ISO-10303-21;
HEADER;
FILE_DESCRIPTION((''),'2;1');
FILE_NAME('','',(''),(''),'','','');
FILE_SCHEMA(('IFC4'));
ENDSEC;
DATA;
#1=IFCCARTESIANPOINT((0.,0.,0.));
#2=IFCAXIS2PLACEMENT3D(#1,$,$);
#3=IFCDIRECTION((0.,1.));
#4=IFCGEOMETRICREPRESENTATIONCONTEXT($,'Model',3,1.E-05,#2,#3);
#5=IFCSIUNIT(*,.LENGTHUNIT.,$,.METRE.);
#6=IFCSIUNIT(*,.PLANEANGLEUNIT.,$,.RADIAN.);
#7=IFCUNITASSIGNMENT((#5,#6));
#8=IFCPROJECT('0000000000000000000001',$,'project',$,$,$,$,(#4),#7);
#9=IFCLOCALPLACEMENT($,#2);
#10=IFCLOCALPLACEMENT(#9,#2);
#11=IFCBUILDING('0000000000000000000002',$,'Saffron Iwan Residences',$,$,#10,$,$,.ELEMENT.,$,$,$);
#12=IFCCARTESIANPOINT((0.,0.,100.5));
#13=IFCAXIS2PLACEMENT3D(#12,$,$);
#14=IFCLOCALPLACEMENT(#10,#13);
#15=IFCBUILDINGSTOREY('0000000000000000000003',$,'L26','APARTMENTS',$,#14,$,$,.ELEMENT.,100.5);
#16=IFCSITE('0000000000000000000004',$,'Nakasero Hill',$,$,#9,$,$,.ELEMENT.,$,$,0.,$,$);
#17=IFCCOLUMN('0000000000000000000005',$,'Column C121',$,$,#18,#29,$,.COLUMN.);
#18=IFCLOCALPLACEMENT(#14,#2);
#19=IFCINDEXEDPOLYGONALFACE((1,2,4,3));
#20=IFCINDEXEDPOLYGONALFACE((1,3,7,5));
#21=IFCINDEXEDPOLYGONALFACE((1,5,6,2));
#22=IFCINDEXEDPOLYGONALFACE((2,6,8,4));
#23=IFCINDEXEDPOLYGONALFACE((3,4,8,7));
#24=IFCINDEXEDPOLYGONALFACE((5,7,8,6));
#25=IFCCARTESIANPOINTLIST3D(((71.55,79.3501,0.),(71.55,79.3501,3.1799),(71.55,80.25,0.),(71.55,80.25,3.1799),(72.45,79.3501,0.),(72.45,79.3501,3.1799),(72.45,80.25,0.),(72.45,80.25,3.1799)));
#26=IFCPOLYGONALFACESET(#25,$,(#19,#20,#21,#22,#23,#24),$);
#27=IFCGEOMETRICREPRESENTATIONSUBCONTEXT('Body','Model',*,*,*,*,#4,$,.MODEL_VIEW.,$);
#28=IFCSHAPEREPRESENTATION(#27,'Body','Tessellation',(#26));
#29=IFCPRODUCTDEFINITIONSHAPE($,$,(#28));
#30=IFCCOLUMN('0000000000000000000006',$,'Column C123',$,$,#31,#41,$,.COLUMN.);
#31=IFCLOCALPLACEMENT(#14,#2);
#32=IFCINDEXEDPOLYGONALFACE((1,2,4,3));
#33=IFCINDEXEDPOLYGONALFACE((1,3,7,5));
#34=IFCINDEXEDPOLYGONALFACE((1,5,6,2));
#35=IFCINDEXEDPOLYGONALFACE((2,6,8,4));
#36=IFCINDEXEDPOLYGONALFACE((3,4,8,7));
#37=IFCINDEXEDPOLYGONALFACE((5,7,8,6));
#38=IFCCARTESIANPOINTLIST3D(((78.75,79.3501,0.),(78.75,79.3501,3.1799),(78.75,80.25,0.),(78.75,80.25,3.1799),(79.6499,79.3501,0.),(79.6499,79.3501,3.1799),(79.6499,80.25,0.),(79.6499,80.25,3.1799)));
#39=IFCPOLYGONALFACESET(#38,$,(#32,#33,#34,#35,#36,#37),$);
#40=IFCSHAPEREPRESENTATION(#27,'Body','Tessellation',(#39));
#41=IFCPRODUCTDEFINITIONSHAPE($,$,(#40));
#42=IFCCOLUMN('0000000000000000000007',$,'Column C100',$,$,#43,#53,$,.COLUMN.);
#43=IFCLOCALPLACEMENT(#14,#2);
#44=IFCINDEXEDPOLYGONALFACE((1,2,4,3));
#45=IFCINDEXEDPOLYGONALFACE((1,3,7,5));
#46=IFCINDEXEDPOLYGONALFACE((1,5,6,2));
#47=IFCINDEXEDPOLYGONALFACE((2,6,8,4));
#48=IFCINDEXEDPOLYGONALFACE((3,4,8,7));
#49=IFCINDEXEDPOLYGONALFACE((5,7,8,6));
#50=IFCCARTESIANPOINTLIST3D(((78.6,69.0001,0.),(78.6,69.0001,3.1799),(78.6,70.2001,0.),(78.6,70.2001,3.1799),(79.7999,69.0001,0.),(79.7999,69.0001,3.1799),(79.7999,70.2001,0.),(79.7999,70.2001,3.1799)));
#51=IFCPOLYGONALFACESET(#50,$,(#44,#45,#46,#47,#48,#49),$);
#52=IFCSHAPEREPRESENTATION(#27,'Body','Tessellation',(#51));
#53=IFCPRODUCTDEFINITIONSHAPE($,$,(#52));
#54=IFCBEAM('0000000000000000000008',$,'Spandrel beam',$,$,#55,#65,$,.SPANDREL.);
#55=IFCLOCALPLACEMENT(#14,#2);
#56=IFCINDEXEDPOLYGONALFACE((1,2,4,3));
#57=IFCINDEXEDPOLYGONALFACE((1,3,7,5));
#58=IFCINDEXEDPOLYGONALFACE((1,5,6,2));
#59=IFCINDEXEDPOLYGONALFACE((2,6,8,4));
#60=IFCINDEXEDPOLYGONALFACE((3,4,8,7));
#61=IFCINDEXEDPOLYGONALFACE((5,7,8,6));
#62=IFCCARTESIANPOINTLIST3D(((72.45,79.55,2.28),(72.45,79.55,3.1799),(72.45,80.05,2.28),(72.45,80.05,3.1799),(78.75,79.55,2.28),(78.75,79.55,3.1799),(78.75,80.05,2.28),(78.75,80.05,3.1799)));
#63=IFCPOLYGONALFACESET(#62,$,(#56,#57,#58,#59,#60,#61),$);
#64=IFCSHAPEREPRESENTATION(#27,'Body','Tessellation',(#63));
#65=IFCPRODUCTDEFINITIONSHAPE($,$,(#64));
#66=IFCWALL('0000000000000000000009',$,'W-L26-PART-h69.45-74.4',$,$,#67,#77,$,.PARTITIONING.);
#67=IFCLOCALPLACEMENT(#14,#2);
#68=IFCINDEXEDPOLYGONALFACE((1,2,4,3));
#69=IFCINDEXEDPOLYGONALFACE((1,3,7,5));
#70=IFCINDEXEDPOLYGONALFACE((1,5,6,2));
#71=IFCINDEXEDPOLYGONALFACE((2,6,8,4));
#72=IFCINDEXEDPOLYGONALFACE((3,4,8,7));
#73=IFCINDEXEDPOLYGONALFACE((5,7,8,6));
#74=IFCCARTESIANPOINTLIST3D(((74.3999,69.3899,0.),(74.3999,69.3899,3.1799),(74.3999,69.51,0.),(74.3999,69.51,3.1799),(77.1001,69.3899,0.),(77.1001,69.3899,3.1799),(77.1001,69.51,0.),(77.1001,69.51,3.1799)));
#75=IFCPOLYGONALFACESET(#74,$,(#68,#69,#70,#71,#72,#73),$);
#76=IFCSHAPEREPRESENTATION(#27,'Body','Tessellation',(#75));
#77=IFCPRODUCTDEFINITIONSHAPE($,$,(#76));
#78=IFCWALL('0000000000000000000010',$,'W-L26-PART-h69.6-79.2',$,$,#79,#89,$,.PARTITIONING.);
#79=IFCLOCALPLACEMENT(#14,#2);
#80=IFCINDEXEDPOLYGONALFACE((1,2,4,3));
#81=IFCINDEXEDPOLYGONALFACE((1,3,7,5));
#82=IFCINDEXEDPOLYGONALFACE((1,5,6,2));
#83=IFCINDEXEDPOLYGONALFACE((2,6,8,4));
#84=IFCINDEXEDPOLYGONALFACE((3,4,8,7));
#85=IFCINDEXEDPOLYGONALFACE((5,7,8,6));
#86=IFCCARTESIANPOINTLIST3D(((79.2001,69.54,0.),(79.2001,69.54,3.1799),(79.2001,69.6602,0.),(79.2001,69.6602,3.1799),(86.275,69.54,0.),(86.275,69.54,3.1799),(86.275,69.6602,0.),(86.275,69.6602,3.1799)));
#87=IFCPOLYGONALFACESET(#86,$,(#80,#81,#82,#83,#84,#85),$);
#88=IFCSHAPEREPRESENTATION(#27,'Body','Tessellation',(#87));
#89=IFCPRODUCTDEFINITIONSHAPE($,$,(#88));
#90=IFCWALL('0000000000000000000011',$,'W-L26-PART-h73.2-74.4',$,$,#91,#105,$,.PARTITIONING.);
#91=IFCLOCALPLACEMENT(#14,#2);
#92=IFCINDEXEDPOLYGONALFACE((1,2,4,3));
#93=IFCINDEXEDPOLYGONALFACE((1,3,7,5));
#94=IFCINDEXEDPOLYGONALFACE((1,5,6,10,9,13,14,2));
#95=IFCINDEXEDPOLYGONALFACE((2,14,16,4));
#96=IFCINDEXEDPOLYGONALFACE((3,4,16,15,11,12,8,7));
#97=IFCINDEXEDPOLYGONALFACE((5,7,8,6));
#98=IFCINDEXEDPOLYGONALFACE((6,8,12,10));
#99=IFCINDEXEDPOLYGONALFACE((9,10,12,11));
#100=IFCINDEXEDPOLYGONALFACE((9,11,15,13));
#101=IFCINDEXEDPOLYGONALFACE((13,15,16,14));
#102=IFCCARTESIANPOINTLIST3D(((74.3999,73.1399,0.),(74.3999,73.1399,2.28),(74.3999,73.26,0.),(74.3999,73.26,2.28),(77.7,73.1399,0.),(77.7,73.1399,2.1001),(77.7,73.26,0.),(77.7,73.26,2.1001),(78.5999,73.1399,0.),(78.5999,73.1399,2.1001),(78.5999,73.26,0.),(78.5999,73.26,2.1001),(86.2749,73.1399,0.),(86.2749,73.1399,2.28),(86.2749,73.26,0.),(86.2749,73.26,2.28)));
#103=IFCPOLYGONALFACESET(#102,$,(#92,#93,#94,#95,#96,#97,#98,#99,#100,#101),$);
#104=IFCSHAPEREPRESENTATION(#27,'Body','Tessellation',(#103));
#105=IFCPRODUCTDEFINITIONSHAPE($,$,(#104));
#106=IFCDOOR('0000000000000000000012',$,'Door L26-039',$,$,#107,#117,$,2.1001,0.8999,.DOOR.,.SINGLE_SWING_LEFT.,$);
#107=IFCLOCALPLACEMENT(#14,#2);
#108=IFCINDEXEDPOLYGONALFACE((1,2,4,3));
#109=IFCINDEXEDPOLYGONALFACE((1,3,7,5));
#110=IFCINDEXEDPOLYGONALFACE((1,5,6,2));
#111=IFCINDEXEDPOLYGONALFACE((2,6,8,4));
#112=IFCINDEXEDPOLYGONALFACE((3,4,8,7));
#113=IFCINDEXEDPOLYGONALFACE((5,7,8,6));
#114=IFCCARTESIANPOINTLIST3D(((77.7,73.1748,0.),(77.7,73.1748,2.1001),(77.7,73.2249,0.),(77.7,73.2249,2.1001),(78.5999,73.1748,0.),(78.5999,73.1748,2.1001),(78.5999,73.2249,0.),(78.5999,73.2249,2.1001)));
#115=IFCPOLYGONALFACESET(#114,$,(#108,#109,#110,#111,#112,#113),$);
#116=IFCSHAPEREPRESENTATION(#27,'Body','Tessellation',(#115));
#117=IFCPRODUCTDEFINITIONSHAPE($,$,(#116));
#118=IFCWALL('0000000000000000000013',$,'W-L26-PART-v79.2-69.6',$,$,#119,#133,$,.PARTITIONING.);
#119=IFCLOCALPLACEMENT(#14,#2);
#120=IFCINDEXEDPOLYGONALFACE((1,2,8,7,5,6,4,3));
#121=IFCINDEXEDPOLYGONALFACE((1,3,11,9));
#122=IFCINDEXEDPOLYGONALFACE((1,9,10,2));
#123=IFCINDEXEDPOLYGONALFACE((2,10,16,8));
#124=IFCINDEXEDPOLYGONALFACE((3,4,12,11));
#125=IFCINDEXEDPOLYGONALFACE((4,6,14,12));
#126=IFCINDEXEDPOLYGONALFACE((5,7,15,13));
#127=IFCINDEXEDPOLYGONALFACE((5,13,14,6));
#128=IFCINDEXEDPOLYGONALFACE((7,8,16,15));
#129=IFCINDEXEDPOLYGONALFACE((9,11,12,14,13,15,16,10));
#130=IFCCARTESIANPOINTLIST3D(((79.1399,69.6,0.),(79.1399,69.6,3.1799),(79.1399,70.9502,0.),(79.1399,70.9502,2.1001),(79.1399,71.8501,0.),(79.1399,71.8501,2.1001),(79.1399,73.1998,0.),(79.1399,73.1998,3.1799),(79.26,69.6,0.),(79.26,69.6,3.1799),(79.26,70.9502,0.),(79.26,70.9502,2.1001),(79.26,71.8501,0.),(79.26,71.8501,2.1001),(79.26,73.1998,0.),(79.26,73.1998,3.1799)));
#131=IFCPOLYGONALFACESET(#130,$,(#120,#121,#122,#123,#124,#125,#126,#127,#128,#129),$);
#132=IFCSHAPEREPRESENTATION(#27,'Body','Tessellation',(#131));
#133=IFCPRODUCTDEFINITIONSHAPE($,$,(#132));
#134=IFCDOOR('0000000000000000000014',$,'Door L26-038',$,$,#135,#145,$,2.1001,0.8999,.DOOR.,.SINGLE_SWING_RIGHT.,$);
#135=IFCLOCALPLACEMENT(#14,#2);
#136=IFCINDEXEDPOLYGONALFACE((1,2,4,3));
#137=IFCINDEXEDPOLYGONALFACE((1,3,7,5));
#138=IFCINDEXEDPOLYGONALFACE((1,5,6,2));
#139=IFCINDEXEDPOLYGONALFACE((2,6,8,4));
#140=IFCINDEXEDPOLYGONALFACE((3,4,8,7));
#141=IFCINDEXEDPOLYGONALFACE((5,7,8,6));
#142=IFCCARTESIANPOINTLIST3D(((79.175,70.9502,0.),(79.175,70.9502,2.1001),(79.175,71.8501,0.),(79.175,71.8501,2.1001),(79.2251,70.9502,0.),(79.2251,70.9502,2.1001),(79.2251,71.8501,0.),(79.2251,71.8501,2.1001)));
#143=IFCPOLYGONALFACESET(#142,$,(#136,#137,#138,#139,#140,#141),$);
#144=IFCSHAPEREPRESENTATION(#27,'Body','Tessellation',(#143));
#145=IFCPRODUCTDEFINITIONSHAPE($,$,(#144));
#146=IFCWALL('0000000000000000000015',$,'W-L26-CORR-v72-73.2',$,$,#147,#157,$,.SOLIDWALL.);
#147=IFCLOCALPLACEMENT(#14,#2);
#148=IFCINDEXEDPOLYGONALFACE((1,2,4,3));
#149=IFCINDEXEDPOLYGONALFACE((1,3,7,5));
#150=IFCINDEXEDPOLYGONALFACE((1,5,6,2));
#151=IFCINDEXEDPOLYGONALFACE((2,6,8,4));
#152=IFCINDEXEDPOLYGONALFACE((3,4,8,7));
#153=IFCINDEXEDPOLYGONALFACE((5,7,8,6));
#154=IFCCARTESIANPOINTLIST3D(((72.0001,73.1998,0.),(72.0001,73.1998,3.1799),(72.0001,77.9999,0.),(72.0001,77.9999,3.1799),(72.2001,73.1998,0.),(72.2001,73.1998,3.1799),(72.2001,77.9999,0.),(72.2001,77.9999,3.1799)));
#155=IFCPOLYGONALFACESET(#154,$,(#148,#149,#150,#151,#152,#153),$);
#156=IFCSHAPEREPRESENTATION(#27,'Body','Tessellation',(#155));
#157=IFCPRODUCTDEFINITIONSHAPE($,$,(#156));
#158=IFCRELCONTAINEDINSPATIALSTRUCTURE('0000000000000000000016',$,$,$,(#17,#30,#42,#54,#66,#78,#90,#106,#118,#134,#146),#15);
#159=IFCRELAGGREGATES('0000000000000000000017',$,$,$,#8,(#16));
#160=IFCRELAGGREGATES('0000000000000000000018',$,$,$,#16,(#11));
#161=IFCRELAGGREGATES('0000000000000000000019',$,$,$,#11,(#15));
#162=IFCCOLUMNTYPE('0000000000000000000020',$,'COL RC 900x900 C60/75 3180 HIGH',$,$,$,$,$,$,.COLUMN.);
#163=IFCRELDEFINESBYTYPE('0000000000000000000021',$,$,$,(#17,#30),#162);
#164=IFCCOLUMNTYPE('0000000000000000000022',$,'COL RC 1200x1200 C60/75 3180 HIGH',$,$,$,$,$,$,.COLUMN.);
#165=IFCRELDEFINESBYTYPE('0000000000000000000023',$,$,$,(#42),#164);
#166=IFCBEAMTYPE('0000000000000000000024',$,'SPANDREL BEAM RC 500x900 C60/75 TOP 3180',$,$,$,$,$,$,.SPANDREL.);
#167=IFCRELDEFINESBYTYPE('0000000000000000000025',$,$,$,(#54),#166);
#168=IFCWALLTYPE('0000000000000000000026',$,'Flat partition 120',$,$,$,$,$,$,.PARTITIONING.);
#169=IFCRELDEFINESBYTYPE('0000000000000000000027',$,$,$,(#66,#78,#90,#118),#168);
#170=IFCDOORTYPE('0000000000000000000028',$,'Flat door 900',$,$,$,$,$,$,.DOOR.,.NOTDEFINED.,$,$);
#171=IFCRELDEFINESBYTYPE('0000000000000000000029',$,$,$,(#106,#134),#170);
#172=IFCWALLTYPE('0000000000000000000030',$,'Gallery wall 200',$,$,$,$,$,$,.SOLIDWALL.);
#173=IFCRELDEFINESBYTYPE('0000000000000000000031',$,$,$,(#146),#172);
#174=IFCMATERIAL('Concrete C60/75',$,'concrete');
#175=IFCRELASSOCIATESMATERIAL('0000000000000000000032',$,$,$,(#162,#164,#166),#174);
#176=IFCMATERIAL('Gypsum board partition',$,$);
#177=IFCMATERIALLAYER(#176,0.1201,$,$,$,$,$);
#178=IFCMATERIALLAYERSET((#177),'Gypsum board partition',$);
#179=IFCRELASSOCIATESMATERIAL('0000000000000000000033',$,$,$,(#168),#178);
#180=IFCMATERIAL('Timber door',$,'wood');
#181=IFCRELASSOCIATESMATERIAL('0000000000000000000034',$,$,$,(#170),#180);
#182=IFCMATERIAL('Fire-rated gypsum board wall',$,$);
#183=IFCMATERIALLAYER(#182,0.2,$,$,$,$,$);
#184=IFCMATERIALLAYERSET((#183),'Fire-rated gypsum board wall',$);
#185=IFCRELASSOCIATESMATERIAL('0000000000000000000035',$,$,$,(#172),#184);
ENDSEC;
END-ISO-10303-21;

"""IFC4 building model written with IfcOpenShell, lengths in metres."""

from ifc_helpers import new_model, si_unit, direction, frame, frame_2d, origin, origin_2d, place, context, subcontext, project, spatial, rectangle, extrude, source, transform, mapped, material, layer, layer_set, material_profile, profile_set, type_object, element, fill, save


model = new_model("IFC4")

# Units and contexts
model_context = context("Model", 3, precision=1e-05, world=origin(), true_north=direction((0.0, 1.0)))
body_context = subcontext(model_context, "Body", "Model", "MODEL_VIEW")
ifc_project = project(units=[si_unit("LENGTHUNIT", "METRE"), si_unit("PLANEANGLEUNIT", "RADIAN")], contexts=[model_context])

# Site, building, storey
site_placement = place(None, origin())
site = spatial("IfcSite", under=ifc_project, at=site_placement, Name="Nakasero Hill", CompositionType="ELEMENT", RefElevation=0.0)
building_placement = place(site_placement, origin())
building = spatial("IfcBuilding", under=site, at=building_placement, Name="Saffron Iwan Residences", CompositionType="ELEMENT")
storey_placement = place(building_placement, frame((0.0, 0.0, 100.5)))
storey = spatial("IfcBuildingStorey", under=building, at=storey_placement, Name="L26", Description="APARTMENTS", CompositionType="ELEMENT", Elevation=100.5)

# Columns
ifc_material_1 = material(Name="Concrete C60/75", Category="concrete")
ifc_material_profile_1 = material_profile(ifc_material_1, rectangle(XDim=0.8999, YDim=0.8999, at=origin_2d()), Name="RC 900x900")
ifc_profile_set_1 = profile_set([ifc_material_profile_1], Name="Concrete C60/75")
column_type_1 = type_object("IfcColumnType", Name="COL RC 900x900 C60/75 3180 HIGH", PredefinedType="COLUMN", material=ifc_profile_set_1)
shared_shape_1 = source(origin(), body_context, "Body", "SweptSolid", [
    extrude(rectangle(XDim=0.8999, YDim=0.8999, at=origin_2d()), origin(), (0.0, 0.0, 1.0), 3.1799),
])
for number, where, z_axis, x_axis, name in (
    (1, (72.0, 79.8, 0.0), (0.0, 0.0, 1.0), (1.0, 0.0, 0.0), "Column C121"),
    (2, (79.2, 79.8, 0.0), (0.0, 0.0, 1.0), (1.0, 0.0, 0.0), "Column C123"),
):
    element("IfcColumn", number, at=place(storey_placement, frame(where, z_axis=z_axis, x_axis=x_axis)), inside=storey, type_object=column_type_1, Name=name, PredefinedType="COLUMN", context=body_context, shape_type="MappedRepresentation", body=[
        mapped(shared_shape_1, transform((0.0, 0.0, 0.0))),
    ])
ifc_material_profile_2 = material_profile(ifc_material_1, rectangle(XDim=1.2, YDim=1.2, at=origin_2d()), Name="RC 1200x1200")
ifc_profile_set_2 = profile_set([ifc_material_profile_2], Name="Concrete C60/75")
column_type_2 = type_object("IfcColumnType", Name="COL RC 1200x1200 C60/75 3180 HIGH", PredefinedType="COLUMN", material=ifc_profile_set_2)
shared_shape_2 = source(origin(), body_context, "Body", "SweptSolid", [
    extrude(rectangle(XDim=1.2, YDim=1.2, at=origin_2d()), origin(), (0.0, 0.0, 1.0), 3.1799),
])
column_placement = place(storey_placement, frame((79.2, 69.6001, 0.0), z_axis=(0.0, 0.0, 1.0), x_axis=(1.0, 0.0, 0.0)))
element("IfcColumn", 3, at=column_placement, inside=storey, type_object=column_type_2, Name="Column C100", PredefinedType="COLUMN", context=body_context, shape_type="MappedRepresentation", body=[
    mapped(shared_shape_2, transform((0.0, 0.0, 0.0))),
])

# Beam
ifc_material_profile_3 = material_profile(ifc_material_1, rectangle(XDim=0.5, YDim=0.8999, at=origin_2d()), Name="RC 500x900")
ifc_profile_set_3 = profile_set([ifc_material_profile_3], Name="Concrete C60/75")
beam_type = type_object("IfcBeamType", Name="SPANDREL BEAM RC 500x900 C60/75 TOP 3180", PredefinedType="SPANDREL", material=ifc_profile_set_3)
shared_shape_3 = source(origin(), body_context, "Body", "SweptSolid", [
    extrude(rectangle(XDim=0.5, YDim=0.8999, at=origin_2d()), origin(), (0.0, 0.0, 1.0), 6.3),
])
beam_placement = place(storey_placement, frame((72.45, 79.8, 2.73), z_axis=(1.0, 0.0, 0.0), x_axis=(0.0, 1.0, 0.0)))
element("IfcBeam", 4, at=beam_placement, inside=storey, type_object=beam_type, Name="Spandrel beam", PredefinedType="SPANDREL", context=body_context, shape_type="MappedRepresentation", body=[
    mapped(shared_shape_3, transform((0.0, 0.0, 0.0))),
])

# Walls
ifc_material_2 = material(Name="Gypsum board partition")
ifc_layer_1 = layer(ifc_material_2, 0.1201)
ifc_layer_set_1 = layer_set([ifc_layer_1], Name="Gypsum board partition")
wall_type_1 = type_object("IfcWallType", Name="Flat partition 120", PredefinedType="PARTITIONING", material=ifc_layer_set_1)
wall_1_placement = place(storey_placement, frame((74.3999, 69.45, 0.0), z_axis=(0.0, 0.0, 1.0), x_axis=(1.0, 0.0, 0.0)))
element("IfcWall", 5, at=wall_1_placement, inside=storey, type_object=wall_type_1, Name="W-L26-PART-h69.45-74.4", PredefinedType="PARTITIONING", context=body_context, shape_type="SweptSolid", body=[
    extrude(rectangle(XDim=2.7002, YDim=0.1201, at=frame_2d((1.3501, 0.0))), origin(), (0.0, 0.0, 1.0), 3.1799),
])
wall_2_placement = place(storey_placement, frame((79.2, 69.6001, 0.0), z_axis=(0.0, 0.0, 1.0), x_axis=(1.0, 0.0, 0.0)))
element("IfcWall", 6, at=wall_2_placement, inside=storey, type_object=wall_type_1, Name="W-L26-PART-h69.6-79.2", PredefinedType="PARTITIONING", context=body_context, shape_type="SweptSolid", body=[
    extrude(rectangle(XDim=7.075, YDim=0.1201, at=frame_2d((3.5376, 0.0))), origin(), (0.0, 0.0, 1.0), 3.1799),
])

# Walls, openings, doors
wall_3_placement = place(storey_placement, frame((74.3999, 73.2, 0.0), z_axis=(0.0, 0.0, 1.0), x_axis=(1.0, 0.0, 0.0)))
wall_3 = element("IfcWall", 7, at=wall_3_placement, inside=storey, type_object=wall_type_1, Name="W-L26-PART-h73.2-74.4", PredefinedType="PARTITIONING", context=body_context, shape_type="SweptSolid", body=[
    extrude(rectangle(XDim=11.875, YDim=0.1201, at=frame_2d((5.9375, 0.0))), origin(), (0.0, 0.0, 1.0), 2.28),
])
opening_1_placement = place(wall_3_placement, frame((3.3, 0.0, 0.0)))
opening_1 = element("IfcOpeningElement", 8, at=opening_1_placement, cuts=wall_3, PredefinedType="OPENING", context=body_context, shape_type="SweptSolid", body=[
    extrude(rectangle(XDim=0.8999, YDim=2.1001, at=frame_2d((0.45, 1.05))), frame((0.0, 0.0701, 0.0), z_axis=(0.0, -1.0, 0.0), x_axis=(1.0, 0.0, 0.0)), (0.0, 0.0, 1.0), 0.1401),
])
ifc_material_3 = material(Name="Timber door", Category="wood")
door_type = type_object("IfcDoorType", Name="Flat door 900", OperationType="NOTDEFINED", PredefinedType="DOOR", material=ifc_material_3)
door_1_placement = place(opening_1_placement, origin())
door_1 = element("IfcDoor", 9, at=door_1_placement, inside=storey, type_object=door_type, Name="Door L26-039", OperationType="SINGLE_SWING_LEFT", OverallHeight=2.1001, OverallWidth=0.8999, PredefinedType="DOOR", context=body_context, shape_type="SweptSolid", body=[
    extrude(rectangle(XDim=0.8999, YDim=2.1001, at=frame_2d((0.45, 1.05))), frame((0.0, 0.0249, 0.0), z_axis=(0.0, -1.0, 0.0), x_axis=(1.0, 0.0, 0.0)), (0.0, 0.0, 1.0), 0.05),
])
fill(opening_1, door_1)
wall_4_placement = place(storey_placement, frame((79.2, 69.6001, 0.0), z_axis=(0.0, 0.0, 1.0), x_axis=(0.0, 1.0, 0.0)))
wall_4 = element("IfcWall", 10, at=wall_4_placement, inside=storey, type_object=wall_type_1, Name="W-L26-PART-v79.2-69.6", PredefinedType="PARTITIONING", context=body_context, shape_type="SweptSolid", body=[
    extrude(rectangle(XDim=3.5999, YDim=0.1201, at=frame_2d((1.7998, 0.0))), origin(), (0.0, 0.0, 1.0), 3.1799),
])
opening_2_placement = place(wall_4_placement, frame((1.3501, 0.0, 0.0)))
opening_2 = element("IfcOpeningElement", 11, at=opening_2_placement, cuts=wall_4, PredefinedType="OPENING", context=body_context, shape_type="SweptSolid", body=[
    extrude(rectangle(XDim=0.8999, YDim=2.1001, at=frame_2d((0.45, 1.05))), frame((0.0, 0.0701, 0.0), z_axis=(0.0, -1.0, 0.0), x_axis=(1.0, 0.0, 0.0)), (0.0, 0.0, 1.0), 0.1401),
])
door_2_placement = place(opening_2_placement, origin())
door_2 = element("IfcDoor", 12, at=door_2_placement, inside=storey, type_object=door_type, Name="Door L26-038", OperationType="SINGLE_SWING_RIGHT", OverallHeight=2.1001, OverallWidth=0.8999, PredefinedType="DOOR", context=body_context, shape_type="SweptSolid", body=[
    extrude(rectangle(XDim=0.8999, YDim=2.1001, at=frame_2d((0.45, 1.05))), frame((0.0, 0.0249, 0.0), z_axis=(0.0, -1.0, 0.0), x_axis=(1.0, 0.0, 0.0)), (0.0, 0.0, 1.0), 0.05),
])
fill(opening_2, door_2)

# Wall
ifc_material_4 = material(Name="Fire-rated gypsum board wall")
ifc_layer_2 = layer(ifc_material_4, 0.2)
ifc_layer_set_2 = layer_set([ifc_layer_2], Name="Fire-rated gypsum board wall")
wall_type_2 = type_object("IfcWallType", Name="Gallery wall 200", PredefinedType="SOLIDWALL", material=ifc_layer_set_2)
wall_5_placement = place(storey_placement, frame((72.1001, 73.2, 0.0), z_axis=(0.0, 0.0, 1.0), x_axis=(0.0, 1.0, 0.0)))
element("IfcWall", 13, at=wall_5_placement, inside=storey, type_object=wall_type_2, Name="W-L26-CORR-v72-73.2", PredefinedType="SOLIDWALL", context=body_context, shape_type="SweptSolid", body=[
    extrude(rectangle(XDim=4.8, YDim=0.2, at=frame_2d((2.3999, 0.0))), origin(), (0.0, 0.0, 1.0), 3.1799),
])

save(model, "model.ifc")
